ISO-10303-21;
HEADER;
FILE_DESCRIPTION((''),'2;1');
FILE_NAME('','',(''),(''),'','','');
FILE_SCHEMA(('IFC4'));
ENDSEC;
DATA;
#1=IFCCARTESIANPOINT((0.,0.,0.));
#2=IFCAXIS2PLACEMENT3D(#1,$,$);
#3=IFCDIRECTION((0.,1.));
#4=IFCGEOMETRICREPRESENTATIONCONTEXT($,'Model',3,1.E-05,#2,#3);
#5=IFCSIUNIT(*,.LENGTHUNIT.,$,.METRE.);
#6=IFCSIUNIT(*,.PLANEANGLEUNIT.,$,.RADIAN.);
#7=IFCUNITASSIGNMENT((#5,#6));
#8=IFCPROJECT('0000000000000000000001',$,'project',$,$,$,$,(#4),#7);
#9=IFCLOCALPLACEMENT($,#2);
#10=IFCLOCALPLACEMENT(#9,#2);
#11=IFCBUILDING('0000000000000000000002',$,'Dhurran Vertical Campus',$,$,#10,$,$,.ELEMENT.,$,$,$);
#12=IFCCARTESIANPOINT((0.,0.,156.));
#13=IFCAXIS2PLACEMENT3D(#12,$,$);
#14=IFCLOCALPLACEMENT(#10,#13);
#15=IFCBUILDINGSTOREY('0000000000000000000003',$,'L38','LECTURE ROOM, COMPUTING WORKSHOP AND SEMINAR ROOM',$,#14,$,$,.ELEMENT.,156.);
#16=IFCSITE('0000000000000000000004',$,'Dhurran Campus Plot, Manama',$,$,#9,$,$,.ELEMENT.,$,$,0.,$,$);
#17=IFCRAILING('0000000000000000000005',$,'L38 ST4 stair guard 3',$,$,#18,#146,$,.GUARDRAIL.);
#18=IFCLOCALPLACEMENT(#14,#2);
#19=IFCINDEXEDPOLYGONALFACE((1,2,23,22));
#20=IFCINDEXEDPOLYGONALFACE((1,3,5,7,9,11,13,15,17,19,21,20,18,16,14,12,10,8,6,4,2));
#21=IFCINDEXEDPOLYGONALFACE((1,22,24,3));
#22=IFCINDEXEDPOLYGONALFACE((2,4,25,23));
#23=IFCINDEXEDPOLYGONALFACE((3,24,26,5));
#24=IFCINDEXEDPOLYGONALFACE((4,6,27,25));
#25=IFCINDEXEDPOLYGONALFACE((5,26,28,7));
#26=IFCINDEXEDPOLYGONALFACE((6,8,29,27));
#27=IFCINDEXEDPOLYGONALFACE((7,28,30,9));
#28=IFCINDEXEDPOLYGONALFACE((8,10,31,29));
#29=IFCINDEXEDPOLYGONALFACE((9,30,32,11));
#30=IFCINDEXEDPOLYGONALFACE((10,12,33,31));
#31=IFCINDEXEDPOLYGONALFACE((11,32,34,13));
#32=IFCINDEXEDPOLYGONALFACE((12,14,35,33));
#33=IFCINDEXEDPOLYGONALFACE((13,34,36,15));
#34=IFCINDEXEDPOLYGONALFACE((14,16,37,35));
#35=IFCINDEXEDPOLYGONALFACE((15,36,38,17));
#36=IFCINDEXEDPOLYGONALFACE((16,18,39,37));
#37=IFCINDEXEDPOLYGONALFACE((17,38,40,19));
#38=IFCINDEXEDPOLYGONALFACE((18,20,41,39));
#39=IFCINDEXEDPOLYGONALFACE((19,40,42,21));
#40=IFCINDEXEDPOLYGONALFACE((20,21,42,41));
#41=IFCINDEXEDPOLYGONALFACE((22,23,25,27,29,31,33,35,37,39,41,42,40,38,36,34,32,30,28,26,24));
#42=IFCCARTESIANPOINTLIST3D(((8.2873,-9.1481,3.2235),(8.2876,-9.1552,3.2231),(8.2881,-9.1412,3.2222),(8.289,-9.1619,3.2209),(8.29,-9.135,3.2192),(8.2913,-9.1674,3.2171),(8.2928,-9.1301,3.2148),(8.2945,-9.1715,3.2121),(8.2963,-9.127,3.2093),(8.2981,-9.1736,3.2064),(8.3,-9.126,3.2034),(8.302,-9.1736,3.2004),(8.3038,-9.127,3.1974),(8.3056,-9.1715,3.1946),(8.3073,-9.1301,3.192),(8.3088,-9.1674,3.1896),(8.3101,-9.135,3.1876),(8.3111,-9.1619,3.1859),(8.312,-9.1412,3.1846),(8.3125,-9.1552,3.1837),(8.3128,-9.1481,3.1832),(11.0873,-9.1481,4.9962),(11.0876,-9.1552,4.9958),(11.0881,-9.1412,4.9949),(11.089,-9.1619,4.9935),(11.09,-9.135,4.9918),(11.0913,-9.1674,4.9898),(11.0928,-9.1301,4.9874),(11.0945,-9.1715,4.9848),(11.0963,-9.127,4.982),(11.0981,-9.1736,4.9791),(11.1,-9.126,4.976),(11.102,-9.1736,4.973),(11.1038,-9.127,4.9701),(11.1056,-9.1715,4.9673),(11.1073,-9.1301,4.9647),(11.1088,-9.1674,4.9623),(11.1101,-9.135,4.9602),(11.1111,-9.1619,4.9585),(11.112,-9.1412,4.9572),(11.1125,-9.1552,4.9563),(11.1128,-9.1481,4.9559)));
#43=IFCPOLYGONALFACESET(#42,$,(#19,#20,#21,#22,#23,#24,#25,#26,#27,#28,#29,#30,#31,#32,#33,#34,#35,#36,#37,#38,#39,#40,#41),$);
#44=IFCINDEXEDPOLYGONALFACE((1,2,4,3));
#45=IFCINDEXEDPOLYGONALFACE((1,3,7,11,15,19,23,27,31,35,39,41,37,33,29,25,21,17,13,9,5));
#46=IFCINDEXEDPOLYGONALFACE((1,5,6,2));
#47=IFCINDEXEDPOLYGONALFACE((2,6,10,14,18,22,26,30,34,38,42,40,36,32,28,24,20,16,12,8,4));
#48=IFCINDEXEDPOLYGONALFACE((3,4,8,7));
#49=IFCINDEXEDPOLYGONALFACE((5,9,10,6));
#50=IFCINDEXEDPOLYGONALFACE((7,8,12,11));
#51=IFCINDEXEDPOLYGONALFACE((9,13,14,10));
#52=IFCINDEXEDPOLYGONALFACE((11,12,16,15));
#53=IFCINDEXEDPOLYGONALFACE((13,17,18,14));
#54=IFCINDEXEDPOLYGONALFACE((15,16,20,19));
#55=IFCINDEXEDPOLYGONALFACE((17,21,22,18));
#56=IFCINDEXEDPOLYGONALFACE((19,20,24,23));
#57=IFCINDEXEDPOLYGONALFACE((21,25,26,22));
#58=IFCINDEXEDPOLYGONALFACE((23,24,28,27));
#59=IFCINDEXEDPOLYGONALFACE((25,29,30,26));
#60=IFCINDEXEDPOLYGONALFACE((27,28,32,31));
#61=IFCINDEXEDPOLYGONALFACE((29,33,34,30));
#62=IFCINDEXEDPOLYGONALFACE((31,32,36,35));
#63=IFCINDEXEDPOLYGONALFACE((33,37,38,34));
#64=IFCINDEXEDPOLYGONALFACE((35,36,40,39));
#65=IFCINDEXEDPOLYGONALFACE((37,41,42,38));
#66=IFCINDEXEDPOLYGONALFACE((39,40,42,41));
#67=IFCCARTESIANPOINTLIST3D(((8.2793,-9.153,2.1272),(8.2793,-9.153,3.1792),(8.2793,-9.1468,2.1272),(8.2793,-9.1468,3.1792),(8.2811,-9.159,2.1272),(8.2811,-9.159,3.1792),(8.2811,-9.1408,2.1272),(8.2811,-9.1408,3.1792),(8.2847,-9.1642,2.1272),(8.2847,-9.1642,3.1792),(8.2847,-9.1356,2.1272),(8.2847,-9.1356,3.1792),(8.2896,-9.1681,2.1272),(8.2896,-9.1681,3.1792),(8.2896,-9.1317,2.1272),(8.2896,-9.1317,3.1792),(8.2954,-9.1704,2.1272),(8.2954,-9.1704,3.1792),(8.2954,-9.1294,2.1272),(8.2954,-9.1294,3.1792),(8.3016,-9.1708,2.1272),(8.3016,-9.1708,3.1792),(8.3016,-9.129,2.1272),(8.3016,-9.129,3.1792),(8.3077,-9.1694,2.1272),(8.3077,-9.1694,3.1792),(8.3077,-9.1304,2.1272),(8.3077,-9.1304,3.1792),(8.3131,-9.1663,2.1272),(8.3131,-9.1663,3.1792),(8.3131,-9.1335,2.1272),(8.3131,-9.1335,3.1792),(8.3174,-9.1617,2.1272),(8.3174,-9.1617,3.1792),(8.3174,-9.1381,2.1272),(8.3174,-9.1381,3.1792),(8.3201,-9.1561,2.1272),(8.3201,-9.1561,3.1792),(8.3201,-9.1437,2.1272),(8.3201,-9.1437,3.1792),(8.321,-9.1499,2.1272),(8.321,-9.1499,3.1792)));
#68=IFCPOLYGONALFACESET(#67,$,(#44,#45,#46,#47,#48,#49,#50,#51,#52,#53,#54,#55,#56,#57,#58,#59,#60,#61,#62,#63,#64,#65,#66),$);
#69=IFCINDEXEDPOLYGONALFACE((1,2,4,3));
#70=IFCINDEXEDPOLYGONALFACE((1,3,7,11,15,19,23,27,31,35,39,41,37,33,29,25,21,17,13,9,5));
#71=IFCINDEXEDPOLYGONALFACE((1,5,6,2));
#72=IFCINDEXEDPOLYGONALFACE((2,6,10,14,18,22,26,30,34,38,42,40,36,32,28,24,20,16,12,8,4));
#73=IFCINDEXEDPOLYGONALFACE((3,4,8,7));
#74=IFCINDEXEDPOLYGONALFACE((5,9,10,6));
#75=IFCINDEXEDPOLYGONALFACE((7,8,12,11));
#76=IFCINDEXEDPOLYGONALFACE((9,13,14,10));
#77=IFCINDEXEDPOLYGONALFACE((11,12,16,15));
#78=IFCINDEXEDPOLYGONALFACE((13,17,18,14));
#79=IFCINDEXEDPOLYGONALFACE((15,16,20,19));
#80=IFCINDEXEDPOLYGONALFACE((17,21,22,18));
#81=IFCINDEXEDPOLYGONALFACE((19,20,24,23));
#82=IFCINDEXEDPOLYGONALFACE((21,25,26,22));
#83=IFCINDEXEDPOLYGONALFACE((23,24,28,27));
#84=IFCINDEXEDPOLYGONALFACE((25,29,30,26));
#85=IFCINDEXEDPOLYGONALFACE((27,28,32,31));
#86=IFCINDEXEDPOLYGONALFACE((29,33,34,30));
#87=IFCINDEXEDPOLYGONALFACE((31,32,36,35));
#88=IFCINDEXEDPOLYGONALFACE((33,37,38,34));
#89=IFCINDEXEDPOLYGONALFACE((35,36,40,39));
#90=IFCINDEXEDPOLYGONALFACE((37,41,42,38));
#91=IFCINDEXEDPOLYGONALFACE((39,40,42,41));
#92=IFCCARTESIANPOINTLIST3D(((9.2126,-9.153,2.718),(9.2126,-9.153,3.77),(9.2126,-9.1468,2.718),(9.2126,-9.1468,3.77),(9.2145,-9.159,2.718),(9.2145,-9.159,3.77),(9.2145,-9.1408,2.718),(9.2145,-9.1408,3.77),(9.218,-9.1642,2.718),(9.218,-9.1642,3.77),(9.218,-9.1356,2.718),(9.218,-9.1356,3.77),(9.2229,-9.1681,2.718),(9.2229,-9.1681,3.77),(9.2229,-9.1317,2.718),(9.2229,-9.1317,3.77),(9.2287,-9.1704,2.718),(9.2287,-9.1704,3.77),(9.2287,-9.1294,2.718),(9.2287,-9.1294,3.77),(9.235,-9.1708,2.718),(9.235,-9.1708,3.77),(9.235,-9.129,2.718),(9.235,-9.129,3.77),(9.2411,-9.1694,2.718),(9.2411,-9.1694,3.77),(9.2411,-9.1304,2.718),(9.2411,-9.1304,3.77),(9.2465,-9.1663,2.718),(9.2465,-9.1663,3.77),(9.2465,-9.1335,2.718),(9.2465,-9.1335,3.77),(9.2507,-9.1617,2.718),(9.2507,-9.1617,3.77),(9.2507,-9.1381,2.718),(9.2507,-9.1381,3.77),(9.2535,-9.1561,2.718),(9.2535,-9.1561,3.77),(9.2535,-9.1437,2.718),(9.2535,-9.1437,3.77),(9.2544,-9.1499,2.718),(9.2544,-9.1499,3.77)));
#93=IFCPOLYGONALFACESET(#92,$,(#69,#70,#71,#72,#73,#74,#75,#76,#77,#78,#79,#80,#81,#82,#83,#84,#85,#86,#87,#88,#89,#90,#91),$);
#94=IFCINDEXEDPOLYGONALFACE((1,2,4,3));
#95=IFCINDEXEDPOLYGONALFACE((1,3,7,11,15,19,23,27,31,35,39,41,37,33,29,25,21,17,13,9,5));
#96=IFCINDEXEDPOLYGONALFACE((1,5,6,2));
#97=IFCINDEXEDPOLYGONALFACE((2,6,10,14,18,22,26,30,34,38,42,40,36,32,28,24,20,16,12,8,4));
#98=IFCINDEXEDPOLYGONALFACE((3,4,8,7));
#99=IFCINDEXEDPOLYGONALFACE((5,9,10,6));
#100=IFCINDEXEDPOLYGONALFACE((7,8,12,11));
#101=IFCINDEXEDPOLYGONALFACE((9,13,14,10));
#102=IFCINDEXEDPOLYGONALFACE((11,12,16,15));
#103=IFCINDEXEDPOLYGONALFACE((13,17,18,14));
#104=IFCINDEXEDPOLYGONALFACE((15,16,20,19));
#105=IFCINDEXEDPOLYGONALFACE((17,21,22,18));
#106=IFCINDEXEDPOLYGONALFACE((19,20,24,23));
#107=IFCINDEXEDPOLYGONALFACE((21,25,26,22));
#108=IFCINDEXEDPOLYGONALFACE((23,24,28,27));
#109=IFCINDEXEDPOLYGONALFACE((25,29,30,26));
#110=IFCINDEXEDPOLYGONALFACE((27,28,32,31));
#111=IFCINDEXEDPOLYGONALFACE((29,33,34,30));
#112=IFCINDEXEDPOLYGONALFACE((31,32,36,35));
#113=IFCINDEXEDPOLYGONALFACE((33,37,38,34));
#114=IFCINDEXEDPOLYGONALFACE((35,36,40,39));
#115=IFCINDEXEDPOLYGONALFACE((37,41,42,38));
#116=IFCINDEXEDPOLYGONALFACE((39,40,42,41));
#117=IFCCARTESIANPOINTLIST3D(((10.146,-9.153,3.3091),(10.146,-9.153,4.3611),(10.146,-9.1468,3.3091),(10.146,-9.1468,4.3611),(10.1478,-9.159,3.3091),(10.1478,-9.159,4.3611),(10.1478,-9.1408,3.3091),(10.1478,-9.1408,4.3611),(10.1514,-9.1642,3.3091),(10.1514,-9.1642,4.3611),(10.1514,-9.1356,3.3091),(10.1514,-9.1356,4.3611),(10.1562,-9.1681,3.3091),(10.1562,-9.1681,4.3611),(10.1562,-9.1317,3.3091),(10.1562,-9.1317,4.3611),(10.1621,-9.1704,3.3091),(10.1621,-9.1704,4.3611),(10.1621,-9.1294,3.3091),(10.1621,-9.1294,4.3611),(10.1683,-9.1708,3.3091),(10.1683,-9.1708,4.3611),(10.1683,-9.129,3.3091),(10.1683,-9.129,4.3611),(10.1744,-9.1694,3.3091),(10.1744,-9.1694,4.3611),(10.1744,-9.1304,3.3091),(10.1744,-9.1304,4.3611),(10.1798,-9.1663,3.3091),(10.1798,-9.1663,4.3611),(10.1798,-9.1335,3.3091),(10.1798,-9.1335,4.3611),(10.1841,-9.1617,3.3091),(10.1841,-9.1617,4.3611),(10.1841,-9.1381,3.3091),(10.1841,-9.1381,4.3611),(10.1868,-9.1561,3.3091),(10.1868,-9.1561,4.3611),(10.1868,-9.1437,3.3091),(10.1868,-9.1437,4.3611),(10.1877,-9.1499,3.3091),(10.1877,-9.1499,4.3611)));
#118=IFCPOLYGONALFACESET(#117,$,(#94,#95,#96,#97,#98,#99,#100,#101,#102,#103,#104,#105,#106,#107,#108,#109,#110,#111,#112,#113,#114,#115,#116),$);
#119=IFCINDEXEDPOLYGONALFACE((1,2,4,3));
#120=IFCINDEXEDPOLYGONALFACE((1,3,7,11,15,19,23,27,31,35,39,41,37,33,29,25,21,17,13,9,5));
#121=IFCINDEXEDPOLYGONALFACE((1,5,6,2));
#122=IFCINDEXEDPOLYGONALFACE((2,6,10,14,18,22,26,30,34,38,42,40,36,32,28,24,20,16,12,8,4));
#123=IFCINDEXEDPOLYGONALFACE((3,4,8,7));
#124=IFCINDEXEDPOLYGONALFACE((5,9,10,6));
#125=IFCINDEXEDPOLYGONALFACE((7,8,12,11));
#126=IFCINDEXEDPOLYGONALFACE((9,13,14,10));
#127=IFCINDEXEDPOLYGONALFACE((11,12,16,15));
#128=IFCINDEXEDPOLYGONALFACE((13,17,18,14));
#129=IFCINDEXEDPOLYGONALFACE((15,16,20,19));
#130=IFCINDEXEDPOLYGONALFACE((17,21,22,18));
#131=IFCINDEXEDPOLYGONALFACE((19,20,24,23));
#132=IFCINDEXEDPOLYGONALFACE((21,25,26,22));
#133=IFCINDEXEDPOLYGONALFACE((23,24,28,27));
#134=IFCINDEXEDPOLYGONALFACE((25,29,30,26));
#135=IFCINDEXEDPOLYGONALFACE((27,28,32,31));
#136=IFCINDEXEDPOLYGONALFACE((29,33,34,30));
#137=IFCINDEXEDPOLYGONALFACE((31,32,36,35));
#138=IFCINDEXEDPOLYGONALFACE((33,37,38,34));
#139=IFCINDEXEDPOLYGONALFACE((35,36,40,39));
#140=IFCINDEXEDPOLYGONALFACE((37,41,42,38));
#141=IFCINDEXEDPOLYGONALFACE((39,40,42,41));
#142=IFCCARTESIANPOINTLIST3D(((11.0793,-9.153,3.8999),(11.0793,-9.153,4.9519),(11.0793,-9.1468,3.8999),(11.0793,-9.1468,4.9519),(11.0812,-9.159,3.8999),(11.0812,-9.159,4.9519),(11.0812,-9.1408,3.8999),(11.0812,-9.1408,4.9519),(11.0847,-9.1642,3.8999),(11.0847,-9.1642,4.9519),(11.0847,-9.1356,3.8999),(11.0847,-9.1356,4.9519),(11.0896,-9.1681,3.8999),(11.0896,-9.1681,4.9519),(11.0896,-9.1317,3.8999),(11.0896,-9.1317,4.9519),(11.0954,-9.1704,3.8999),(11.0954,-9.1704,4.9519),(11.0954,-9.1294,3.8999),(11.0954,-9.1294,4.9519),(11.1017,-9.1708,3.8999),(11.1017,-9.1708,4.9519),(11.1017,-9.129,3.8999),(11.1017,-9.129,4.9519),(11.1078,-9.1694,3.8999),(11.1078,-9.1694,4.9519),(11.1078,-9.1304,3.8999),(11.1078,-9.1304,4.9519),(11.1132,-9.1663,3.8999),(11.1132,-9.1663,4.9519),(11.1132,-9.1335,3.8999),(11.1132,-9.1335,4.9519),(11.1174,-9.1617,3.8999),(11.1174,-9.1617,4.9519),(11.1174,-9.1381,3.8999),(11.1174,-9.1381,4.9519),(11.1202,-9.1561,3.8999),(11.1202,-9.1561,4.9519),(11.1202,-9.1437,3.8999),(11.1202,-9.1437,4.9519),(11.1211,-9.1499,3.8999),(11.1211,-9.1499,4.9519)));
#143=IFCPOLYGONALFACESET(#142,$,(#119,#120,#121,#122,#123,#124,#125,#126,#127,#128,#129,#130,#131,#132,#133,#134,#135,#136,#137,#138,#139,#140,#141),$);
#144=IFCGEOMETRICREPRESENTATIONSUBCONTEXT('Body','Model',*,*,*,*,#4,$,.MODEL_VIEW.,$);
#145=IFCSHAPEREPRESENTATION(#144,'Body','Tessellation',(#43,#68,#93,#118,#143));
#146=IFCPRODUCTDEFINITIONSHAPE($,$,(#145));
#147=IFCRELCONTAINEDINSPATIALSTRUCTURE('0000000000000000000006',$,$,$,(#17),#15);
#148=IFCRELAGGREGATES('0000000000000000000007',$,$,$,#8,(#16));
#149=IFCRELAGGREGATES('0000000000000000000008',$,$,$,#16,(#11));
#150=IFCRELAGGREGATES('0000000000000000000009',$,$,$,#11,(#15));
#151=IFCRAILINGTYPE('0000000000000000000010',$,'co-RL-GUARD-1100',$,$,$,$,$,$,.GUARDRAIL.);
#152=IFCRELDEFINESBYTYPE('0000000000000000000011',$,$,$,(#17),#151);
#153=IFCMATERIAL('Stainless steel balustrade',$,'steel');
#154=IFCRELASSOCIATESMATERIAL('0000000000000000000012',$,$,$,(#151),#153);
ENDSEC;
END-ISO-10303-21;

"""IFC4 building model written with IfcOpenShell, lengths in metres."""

from ifc_helpers import new_model, si_unit, direction, frame, origin, origin_2d, place, context, subcontext, project, spatial, circle, extrude, material, type_object, element, save


model = new_model("IFC4")

# Units and contexts
model_context = context("Model", 3, precision=1e-05, world=origin(), true_north=direction((0.0, 1.0)))
body_context = subcontext(model_context, "Body", "Model", "MODEL_VIEW")
ifc_project = project(units=[si_unit("LENGTHUNIT", "METRE"), si_unit("PLANEANGLEUNIT", "RADIAN")], contexts=[model_context])

# Site, building, storey
site_placement = place(None, origin())
site = spatial("IfcSite", under=ifc_project, at=site_placement, Name="Dhurran Campus Plot, Manama", CompositionType="ELEMENT", RefElevation=0.0)
building_placement = place(site_placement, origin())
building = spatial("IfcBuilding", under=site, at=building_placement, Name="Dhurran Vertical Campus", CompositionType="ELEMENT")
storey_placement = place(building_placement, frame((0.0, 0.0, 156.0)))
storey = spatial("IfcBuildingStorey", under=building, at=storey_placement, Name="L38", Description="LECTURE ROOM, COMPUTING WORKSHOP AND SEMINAR ROOM", CompositionType="ELEMENT", Elevation=156.0)

# Railing
ifc_material_1 = material(Name="Stainless steel balustrade", Category="steel")
railing_type_1 = type_object("IfcRailingType", Name="co-RL-GUARD-1100", PredefinedType="GUARDRAIL", material=ifc_material_1)
railing_1_placement = place(storey_placement, frame((8.3, -9.1499, 2.1272)))
element("IfcRailing", 1, at=railing_1_placement, inside=storey, type_object=railing_type_1, Name="L38 ST4 stair guard 3", PredefinedType="GUARDRAIL", context=body_context, shape_type="SweptSolid", body=[
    extrude(circle(Radius=0.0239, at=origin_2d()), frame((0.0, 0.0, 1.0762), z_axis=(0.844909, 0.0, 0.53491), x_axis=(0.0, 1.0, 0.0)), (0.0, 0.0, 1.0), 3.314),
    extrude(circle(Radius=0.021, at=origin_2d()), origin(), (0.0, 0.0, 1.0), 1.052),
    extrude(circle(Radius=0.021, at=origin_2d()), frame((0.9333, 0.0, 0.5908)), (0.0, 0.0, 1.0), 1.052),
    extrude(circle(Radius=0.021, at=origin_2d()), frame((1.8667, 0.0, 1.1819)), (0.0, 0.0, 1.0), 1.052),
    extrude(circle(Radius=0.021, at=origin_2d()), frame((2.8, 0.0, 1.7727)), (0.0, 0.0, 1.0), 1.052),
])

save(model, "model.ifc")
